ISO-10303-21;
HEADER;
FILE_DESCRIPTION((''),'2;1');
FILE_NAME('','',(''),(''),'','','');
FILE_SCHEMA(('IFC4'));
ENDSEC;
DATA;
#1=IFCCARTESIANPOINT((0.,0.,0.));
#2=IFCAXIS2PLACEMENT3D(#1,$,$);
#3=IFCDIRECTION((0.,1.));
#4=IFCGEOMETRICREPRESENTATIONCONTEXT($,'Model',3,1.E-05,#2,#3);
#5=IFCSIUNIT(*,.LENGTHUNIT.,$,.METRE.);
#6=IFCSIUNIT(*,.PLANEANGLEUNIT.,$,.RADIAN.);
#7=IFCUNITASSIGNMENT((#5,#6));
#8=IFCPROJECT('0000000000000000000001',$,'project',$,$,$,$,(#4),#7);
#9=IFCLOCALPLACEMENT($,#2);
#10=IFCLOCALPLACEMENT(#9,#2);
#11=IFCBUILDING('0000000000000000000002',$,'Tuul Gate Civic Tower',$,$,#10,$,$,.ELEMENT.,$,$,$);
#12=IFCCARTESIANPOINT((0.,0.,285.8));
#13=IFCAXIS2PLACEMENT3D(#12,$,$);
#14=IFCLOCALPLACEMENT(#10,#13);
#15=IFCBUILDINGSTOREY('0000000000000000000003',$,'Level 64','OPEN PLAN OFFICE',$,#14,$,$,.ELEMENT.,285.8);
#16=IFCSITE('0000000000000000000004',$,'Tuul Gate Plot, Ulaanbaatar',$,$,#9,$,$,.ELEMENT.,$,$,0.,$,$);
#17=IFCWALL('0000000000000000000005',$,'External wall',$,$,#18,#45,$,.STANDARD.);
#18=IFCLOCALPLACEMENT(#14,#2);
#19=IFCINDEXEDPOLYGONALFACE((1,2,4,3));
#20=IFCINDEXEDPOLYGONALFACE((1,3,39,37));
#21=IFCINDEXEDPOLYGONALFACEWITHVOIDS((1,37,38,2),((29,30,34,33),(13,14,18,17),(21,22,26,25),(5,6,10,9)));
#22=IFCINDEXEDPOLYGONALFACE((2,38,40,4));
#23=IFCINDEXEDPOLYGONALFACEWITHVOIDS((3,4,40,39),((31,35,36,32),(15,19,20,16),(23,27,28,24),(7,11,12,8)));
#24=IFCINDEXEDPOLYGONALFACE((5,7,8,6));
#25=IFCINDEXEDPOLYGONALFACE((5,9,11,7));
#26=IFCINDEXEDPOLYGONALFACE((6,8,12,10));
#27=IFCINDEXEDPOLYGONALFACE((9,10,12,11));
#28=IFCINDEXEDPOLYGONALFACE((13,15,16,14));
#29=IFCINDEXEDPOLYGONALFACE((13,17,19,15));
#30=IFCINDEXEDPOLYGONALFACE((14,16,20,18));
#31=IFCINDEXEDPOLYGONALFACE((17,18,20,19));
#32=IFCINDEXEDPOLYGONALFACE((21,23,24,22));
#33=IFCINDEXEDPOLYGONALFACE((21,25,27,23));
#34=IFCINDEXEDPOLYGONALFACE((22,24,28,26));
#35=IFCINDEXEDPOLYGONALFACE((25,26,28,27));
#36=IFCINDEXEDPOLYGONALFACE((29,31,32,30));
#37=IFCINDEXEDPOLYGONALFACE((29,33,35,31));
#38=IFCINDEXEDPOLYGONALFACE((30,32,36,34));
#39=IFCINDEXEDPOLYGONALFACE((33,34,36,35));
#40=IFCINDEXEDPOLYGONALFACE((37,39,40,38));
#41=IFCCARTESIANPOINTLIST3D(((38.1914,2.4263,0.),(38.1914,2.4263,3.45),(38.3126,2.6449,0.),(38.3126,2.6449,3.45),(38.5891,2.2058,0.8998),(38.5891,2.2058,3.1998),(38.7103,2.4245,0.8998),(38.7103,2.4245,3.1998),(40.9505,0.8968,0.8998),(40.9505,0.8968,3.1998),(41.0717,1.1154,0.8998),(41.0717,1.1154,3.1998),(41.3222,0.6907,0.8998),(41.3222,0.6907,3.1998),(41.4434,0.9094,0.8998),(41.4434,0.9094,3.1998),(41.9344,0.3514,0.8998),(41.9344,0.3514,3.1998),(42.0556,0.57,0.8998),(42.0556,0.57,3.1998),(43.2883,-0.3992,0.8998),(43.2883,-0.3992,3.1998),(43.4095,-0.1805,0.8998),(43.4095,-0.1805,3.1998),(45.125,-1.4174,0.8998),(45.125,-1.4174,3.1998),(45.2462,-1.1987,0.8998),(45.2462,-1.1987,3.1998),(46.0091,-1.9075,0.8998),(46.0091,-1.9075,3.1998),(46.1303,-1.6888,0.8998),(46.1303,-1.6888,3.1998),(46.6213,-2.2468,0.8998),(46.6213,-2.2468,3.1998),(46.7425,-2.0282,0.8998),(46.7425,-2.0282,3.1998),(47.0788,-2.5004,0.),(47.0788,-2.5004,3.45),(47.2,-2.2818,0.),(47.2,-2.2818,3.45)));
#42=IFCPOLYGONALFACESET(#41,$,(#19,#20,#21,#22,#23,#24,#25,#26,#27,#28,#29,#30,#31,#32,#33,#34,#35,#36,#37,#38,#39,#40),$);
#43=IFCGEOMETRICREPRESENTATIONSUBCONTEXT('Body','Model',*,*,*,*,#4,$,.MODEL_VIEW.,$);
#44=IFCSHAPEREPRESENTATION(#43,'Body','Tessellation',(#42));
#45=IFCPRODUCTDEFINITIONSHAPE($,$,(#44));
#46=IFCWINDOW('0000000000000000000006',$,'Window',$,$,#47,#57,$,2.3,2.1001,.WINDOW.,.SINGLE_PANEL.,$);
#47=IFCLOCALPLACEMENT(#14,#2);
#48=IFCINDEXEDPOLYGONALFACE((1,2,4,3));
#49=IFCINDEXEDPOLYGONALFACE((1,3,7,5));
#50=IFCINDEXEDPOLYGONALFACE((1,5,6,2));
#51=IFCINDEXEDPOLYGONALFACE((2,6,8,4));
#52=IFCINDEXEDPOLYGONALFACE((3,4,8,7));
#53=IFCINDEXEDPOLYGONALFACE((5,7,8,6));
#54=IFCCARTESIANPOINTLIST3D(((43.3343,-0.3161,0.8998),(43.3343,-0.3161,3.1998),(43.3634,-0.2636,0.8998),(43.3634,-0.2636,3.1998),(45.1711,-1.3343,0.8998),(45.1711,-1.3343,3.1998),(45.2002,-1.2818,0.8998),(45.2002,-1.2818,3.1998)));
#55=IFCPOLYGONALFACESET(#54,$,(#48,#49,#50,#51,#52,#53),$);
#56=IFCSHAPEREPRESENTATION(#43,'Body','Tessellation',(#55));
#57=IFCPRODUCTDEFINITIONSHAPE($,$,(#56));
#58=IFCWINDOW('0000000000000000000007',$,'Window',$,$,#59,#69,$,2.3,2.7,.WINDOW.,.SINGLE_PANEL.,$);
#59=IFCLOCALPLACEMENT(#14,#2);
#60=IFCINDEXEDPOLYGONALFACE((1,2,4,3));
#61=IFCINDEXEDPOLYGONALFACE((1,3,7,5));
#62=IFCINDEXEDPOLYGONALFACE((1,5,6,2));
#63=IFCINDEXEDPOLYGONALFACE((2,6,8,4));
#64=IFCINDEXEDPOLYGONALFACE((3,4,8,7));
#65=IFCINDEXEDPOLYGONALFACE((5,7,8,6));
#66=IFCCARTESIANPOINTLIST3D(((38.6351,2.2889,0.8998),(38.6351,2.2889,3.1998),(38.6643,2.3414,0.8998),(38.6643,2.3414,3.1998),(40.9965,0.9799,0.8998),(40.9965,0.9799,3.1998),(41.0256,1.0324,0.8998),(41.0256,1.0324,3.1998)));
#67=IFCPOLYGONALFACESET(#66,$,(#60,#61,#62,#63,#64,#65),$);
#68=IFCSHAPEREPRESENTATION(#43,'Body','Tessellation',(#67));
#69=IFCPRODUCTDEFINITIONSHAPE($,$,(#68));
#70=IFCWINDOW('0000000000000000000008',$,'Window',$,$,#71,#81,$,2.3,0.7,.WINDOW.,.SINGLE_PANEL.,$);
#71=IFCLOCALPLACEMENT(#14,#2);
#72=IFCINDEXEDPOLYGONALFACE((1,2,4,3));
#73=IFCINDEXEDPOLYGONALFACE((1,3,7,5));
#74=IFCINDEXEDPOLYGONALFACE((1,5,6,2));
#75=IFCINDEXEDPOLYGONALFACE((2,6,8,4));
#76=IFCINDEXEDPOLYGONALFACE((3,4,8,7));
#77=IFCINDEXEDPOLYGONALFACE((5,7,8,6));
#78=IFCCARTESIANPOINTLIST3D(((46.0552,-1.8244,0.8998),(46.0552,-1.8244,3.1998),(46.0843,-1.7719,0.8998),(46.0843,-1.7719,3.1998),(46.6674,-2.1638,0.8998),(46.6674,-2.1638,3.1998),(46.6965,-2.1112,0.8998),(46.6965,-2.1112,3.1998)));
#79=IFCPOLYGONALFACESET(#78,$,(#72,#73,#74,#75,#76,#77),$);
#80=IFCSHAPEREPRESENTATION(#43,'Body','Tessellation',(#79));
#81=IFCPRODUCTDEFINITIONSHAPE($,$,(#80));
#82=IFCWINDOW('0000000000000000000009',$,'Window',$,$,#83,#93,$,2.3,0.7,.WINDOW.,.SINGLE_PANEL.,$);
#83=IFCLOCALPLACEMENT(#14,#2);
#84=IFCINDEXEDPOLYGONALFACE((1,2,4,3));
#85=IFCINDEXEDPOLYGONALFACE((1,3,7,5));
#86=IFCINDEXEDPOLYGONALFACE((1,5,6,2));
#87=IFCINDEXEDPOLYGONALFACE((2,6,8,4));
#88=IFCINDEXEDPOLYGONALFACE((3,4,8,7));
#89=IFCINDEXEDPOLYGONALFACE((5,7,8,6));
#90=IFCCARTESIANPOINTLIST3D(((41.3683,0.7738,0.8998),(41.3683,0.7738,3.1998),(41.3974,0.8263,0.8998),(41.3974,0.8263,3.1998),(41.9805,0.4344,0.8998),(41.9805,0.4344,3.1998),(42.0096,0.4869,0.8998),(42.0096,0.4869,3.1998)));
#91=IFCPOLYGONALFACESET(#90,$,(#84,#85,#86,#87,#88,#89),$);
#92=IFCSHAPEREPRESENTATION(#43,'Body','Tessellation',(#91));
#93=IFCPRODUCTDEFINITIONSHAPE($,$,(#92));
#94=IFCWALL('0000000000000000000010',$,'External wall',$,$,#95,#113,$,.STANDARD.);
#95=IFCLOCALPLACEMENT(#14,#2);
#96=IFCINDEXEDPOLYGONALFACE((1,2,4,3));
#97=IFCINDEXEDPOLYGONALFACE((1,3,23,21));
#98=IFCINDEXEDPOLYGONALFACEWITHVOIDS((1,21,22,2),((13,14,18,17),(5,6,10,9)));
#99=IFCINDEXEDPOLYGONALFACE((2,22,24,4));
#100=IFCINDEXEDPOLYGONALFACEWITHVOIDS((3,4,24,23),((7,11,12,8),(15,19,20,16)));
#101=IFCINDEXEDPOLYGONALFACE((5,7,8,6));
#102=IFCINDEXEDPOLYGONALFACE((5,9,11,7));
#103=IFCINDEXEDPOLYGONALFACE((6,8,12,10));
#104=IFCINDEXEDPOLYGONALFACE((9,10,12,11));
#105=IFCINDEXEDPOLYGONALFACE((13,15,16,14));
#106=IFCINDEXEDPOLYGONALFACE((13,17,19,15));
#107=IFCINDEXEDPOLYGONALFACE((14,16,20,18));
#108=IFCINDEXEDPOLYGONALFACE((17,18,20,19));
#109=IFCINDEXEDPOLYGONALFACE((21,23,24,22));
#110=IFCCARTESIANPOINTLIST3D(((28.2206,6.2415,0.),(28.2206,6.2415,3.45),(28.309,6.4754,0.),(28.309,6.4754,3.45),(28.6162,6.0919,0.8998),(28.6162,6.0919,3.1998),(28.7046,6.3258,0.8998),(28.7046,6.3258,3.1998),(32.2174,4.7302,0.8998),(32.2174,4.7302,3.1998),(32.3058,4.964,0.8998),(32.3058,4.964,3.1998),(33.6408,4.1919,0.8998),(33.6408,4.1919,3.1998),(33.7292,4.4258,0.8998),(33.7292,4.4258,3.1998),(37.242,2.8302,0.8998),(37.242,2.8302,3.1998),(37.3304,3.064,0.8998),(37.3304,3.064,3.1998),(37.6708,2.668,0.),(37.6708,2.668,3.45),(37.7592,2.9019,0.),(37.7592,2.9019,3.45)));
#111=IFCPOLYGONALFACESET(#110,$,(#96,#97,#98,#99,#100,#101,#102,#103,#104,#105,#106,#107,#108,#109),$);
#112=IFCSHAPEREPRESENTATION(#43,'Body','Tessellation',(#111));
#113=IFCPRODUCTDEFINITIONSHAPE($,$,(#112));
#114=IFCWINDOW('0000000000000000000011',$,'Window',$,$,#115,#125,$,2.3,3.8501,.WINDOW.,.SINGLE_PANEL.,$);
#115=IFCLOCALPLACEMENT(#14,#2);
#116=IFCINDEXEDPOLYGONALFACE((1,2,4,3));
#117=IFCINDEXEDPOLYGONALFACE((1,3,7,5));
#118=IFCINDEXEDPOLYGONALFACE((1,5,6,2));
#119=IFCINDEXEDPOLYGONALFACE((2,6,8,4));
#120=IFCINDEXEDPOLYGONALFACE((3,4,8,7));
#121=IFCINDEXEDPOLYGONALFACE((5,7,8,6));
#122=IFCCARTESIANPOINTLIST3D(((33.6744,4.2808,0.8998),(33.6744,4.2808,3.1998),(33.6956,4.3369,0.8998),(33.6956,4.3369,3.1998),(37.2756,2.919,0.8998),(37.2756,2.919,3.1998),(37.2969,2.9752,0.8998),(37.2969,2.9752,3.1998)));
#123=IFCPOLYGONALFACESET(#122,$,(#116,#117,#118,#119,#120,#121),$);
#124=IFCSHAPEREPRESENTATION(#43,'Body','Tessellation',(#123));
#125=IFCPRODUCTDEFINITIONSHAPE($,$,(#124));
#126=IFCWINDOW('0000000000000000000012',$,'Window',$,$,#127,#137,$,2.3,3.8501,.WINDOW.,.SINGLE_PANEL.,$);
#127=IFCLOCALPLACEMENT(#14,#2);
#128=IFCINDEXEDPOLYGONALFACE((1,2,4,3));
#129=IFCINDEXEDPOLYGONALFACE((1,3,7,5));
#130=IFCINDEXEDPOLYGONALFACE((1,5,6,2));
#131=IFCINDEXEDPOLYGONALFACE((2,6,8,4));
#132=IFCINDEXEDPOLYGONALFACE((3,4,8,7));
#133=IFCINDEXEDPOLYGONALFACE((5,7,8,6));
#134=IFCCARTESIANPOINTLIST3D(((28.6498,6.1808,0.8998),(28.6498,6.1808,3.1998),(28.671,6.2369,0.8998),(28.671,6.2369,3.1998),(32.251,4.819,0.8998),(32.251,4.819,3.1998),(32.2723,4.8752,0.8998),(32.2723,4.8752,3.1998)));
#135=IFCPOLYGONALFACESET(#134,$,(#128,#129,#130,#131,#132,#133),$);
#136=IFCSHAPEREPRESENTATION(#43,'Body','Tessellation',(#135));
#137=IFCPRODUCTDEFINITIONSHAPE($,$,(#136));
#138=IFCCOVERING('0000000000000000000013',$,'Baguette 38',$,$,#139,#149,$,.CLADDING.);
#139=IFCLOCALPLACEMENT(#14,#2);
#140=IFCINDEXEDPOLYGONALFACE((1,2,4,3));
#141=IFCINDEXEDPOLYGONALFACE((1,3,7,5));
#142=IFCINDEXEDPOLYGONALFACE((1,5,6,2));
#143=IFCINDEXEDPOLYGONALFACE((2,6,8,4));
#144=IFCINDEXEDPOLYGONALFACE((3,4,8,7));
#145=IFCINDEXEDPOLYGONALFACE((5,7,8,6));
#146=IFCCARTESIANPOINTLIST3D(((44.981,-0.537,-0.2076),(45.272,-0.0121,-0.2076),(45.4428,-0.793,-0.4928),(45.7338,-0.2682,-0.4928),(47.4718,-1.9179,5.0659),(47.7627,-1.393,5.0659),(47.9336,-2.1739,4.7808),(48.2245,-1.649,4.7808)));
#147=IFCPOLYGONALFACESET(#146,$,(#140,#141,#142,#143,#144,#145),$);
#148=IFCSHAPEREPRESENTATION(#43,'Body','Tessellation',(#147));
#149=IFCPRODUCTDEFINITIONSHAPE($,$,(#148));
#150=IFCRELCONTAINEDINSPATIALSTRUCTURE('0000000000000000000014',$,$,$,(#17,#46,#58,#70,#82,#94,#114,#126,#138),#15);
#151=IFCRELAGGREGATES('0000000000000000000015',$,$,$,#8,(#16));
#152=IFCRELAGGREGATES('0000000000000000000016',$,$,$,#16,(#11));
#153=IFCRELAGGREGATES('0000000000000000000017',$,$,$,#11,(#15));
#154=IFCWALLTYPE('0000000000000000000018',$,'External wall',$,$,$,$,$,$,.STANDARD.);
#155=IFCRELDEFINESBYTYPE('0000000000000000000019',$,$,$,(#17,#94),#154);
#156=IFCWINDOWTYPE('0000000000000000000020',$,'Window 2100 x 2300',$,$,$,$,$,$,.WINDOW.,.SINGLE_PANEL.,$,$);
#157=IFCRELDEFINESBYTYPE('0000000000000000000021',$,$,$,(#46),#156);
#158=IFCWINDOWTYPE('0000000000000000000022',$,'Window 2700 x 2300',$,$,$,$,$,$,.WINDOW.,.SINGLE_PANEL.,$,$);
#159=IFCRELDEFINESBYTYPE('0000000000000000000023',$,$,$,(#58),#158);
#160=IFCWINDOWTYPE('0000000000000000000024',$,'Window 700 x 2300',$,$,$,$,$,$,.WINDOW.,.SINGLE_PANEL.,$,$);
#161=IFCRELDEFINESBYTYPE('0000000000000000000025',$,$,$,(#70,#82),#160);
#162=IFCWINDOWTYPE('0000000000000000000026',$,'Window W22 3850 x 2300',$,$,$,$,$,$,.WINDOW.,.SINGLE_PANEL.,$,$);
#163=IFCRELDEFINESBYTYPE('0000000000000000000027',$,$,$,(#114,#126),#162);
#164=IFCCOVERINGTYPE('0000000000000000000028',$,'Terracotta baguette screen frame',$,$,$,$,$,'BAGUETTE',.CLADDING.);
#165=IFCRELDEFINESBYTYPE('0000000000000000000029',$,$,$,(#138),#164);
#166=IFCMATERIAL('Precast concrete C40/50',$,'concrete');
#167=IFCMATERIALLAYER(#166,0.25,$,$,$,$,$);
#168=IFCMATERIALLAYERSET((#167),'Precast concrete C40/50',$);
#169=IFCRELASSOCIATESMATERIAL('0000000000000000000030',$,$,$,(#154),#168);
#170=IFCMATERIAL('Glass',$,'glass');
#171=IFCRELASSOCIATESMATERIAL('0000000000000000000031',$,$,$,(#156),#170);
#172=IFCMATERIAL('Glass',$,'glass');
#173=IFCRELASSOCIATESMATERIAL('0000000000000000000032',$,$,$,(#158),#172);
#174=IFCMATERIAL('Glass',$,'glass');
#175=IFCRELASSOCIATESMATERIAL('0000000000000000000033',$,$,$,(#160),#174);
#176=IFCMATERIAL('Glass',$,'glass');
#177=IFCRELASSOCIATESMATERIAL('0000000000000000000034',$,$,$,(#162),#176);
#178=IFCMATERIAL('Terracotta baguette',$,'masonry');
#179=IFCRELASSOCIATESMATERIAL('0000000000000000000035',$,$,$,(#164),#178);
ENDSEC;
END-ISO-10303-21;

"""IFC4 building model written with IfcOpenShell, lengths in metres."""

from ifc_helpers import new_model, si_unit, direction, frame, frame_2d, origin, origin_2d, place, context, subcontext, project, spatial, rectangle, extrude, material, layer, layer_set, material_profile, profile_set, type_object, element, fill, save


model = new_model("IFC4")

# Units and contexts
model_context = context("Model", 3, precision=1e-05, world=origin(), true_north=direction((0.0, 1.0)))
body_context = subcontext(model_context, "Body", "Model", "MODEL_VIEW")
ifc_project = project(units=[si_unit("LENGTHUNIT", "METRE"), si_unit("PLANEANGLEUNIT", "RADIAN")], contexts=[model_context])

# Site, building, storey
site_placement = place(None, origin())
site = spatial("IfcSite", under=ifc_project, at=site_placement, Name="Tuul Gate Plot, Ulaanbaatar", CompositionType="ELEMENT", RefElevation=0.0)
building_placement = place(site_placement, origin())
building = spatial("IfcBuilding", under=site, at=building_placement, Name="Tuul Gate Civic Tower", CompositionType="ELEMENT")
storey_placement = place(building_placement, frame((0.0, 0.0, 285.8)))
storey = spatial("IfcBuildingStorey", under=building, at=storey_placement, Name="Level 64", Description="OPEN PLAN OFFICE", CompositionType="ELEMENT", Elevation=285.8)

# Walls, openings, windows
ifc_material_1 = material(Name="Precast concrete C40/50", Category="concrete")
ifc_layer_1 = layer(ifc_material_1, 0.25)
ifc_layer_set_1 = layer_set([ifc_layer_1], Name="Precast concrete C40/50")
wall_type_1 = type_object("IfcWallType", Name="External wall", PredefinedType="STANDARD", material=ifc_layer_set_1)
wall_1_placement = place(storey_placement, frame((47.1394, -2.3911, 0.0), z_axis=(0.0, 0.0, 1.0), x_axis=(-0.874605, 0.484837, 0.0)))
wall_1 = element("IfcWall", 1, at=wall_1_placement, inside=storey, type_object=wall_type_1, Name="External wall", PredefinedType="STANDARD", context=body_context, shape_type="SweptSolid", body=[
    extrude(rectangle(XDim=10.1616, YDim=0.25, at=frame_2d((5.0808, 0.0))), origin(), (0.0, 0.0, 1.0), 3.45),
])
opening_1_placement = place(wall_1_placement, frame((0.5229, 0.0, 0.8999)))
opening_1 = element("IfcOpeningElement", 2, at=opening_1_placement, cuts=wall_1, PredefinedType="OPENING", context=body_context, shape_type="SweptSolid", body=[
    extrude(rectangle(XDim=0.7, YDim=2.3, at=frame_2d((0.3501, 1.1499))), frame((0.0, 0.135, 0.0), z_axis=(0.0, -1.0, 0.0), x_axis=(1.0, 0.0, 0.0)), (0.0, 0.0, 1.0), 0.27),
])
opening_2_placement = place(wall_1_placement, frame((2.2339, 0.0, 0.8999)))
opening_2 = element("IfcOpeningElement", 3, at=opening_2_placement, cuts=wall_1, PredefinedType="OPENING", context=body_context, shape_type="SweptSolid", body=[
    extrude(rectangle(XDim=2.1001, YDim=2.3, at=frame_2d((1.05, 1.1499))), frame((0.0, 0.135, 0.0), z_axis=(0.0, -1.0, 0.0), x_axis=(1.0, 0.0, 0.0)), (0.0, 0.0, 1.0), 0.27),
])
opening_3_placement = place(wall_1_placement, frame((5.8818, 0.0, 0.8999)))
opening_3 = element("IfcOpeningElement", 4, at=opening_3_placement, cuts=wall_1, PredefinedType="OPENING", context=body_context, shape_type="SweptSolid", body=[
    extrude(rectangle(XDim=0.7, YDim=2.3, at=frame_2d((0.3501, 1.1499))), frame((0.0, 0.135, 0.0), z_axis=(0.0, -1.0, 0.0), x_axis=(1.0, 0.0, 0.0)), (0.0, 0.0, 1.0), 0.27),
])
opening_4_placement = place(wall_1_placement, frame((7.0068, 0.0, 0.8999)))
opening_4 = element("IfcOpeningElement", 5, at=opening_4_placement, cuts=wall_1, PredefinedType="OPENING", context=body_context, shape_type="SweptSolid", body=[
    extrude(rectangle(XDim=2.7, YDim=2.3, at=frame_2d((1.3501, 1.1499))), frame((0.0, 0.135, 0.0), z_axis=(0.0, -1.0, 0.0), x_axis=(1.0, 0.0, 0.0)), (0.0, 0.0, 1.0), 0.27),
])
ifc_material_2 = material(Name="Glass", Category="glass")
window_type_1 = type_object("IfcWindowType", Name="Window 2100 x 2300", PartitioningType="SINGLE_PANEL", PredefinedType="WINDOW", material=ifc_material_2)
window_1_placement = place(opening_2_placement, origin())
window_1 = element("IfcWindow", 6, at=window_1_placement, inside=storey, type_object=window_type_1, Name="Window", OverallHeight=2.3, OverallWidth=2.1001, PartitioningType="SINGLE_PANEL", PredefinedType="WINDOW", context=body_context, shape_type="SweptSolid", body=[
    extrude(rectangle(XDim=2.1001, YDim=2.3, at=frame_2d((1.05, 1.1499))), frame((0.0, 0.03, 0.0), z_axis=(0.0, -1.0, 0.0), x_axis=(1.0, 0.0, 0.0)), (0.0, 0.0, 1.0), 0.0601),
])
fill(opening_2, window_1)
ifc_material_3 = material(Name="Glass", Category="glass")
window_type_2 = type_object("IfcWindowType", Name="Window 2700 x 2300", PartitioningType="SINGLE_PANEL", PredefinedType="WINDOW", material=ifc_material_3)
window_2_placement = place(opening_4_placement, origin())
window_2 = element("IfcWindow", 7, at=window_2_placement, inside=storey, type_object=window_type_2, Name="Window", OverallHeight=2.3, OverallWidth=2.7, PartitioningType="SINGLE_PANEL", PredefinedType="WINDOW", context=body_context, shape_type="SweptSolid", body=[
    extrude(rectangle(XDim=2.7, YDim=2.3, at=frame_2d((1.3501, 1.1499))), frame((0.0, 0.03, 0.0), z_axis=(0.0, -1.0, 0.0), x_axis=(1.0, 0.0, 0.0)), (0.0, 0.0, 1.0), 0.0601),
])
fill(opening_4, window_2)
ifc_material_4 = material(Name="Glass", Category="glass")
window_type_3 = type_object("IfcWindowType", Name="Window 700 x 2300", PartitioningType="SINGLE_PANEL", PredefinedType="WINDOW", material=ifc_material_4)
window_3_placement = place(opening_1_placement, origin())
window_3 = element("IfcWindow", 8, at=window_3_placement, inside=storey, type_object=window_type_3, Name="Window", OverallHeight=2.3, OverallWidth=0.7, PartitioningType="SINGLE_PANEL", PredefinedType="WINDOW", context=body_context, shape_type="SweptSolid", body=[
    extrude(rectangle(XDim=0.7, YDim=2.3, at=frame_2d((0.3501, 1.1499))), frame((0.0, 0.03, 0.0), z_axis=(0.0, -1.0, 0.0), x_axis=(1.0, 0.0, 0.0)), (0.0, 0.0, 1.0), 0.0601),
])
fill(opening_1, window_3)
window_4_placement = place(opening_3_placement, origin())
window_4 = element("IfcWindow", 9, at=window_4_placement, inside=storey, type_object=window_type_3, Name="Window", OverallHeight=2.3, OverallWidth=0.7, PartitioningType="SINGLE_PANEL", PredefinedType="WINDOW", context=body_context, shape_type="SweptSolid", body=[
    extrude(rectangle(XDim=0.7, YDim=2.3, at=frame_2d((0.3501, 1.1499))), frame((0.0, 0.03, 0.0), z_axis=(0.0, -1.0, 0.0), x_axis=(1.0, 0.0, 0.0)), (0.0, 0.0, 1.0), 0.0601),
])
fill(opening_3, window_4)
wall_2_placement = place(storey_placement, frame((37.7151, 2.7849, 0.0), z_axis=(0.0, 0.0, 1.0), x_axis=(-0.93536, 0.353696, 0.0)))
wall_2 = element("IfcWall", 10, at=wall_2_placement, inside=storey, type_object=wall_type_1, Name="External wall", PredefinedType="STANDARD", context=body_context, shape_type="SweptSolid", body=[
    extrude(rectangle(XDim=10.1033, YDim=0.25, at=frame_2d((5.0518, 0.0))), origin(), (0.0, 0.0, 1.0), 3.45),
])
opening_5_placement = place(wall_2_placement, frame((0.4585, 0.0, 0.8999)))
opening_5 = element("IfcOpeningElement", 11, at=opening_5_placement, cuts=wall_2, PredefinedType="OPENING", context=body_context, shape_type="SweptSolid", body=[
    extrude(rectangle(XDim=3.8501, YDim=2.3, at=frame_2d((1.925, 1.1499))), frame((0.0, 0.135, 0.0), z_axis=(0.0, -1.0, 0.0), x_axis=(1.0, 0.0, 0.0)), (0.0, 0.0, 1.0), 0.27),
])
opening_6_placement = place(wall_2_placement, frame((5.8303, 0.0, 0.8999)))
opening_6 = element("IfcOpeningElement", 12, at=opening_6_placement, cuts=wall_2, PredefinedType="OPENING", context=body_context, shape_type="SweptSolid", body=[
    extrude(rectangle(XDim=3.8501, YDim=2.3, at=frame_2d((1.925, 1.1499))), frame((0.0, 0.135, 0.0), z_axis=(0.0, -1.0, 0.0), x_axis=(1.0, 0.0, 0.0)), (0.0, 0.0, 1.0), 0.27),
])
ifc_material_5 = material(Name="Glass", Category="glass")
window_type_4 = type_object("IfcWindowType", Name="Window W22 3850 x 2300", PartitioningType="SINGLE_PANEL", PredefinedType="WINDOW", material=ifc_material_5)
window_5_placement = place(opening_5_placement, origin())
window_5 = element("IfcWindow", 13, at=window_5_placement, inside=storey, type_object=window_type_4, Name="Window", OverallHeight=2.3, OverallWidth=3.8501, PartitioningType="SINGLE_PANEL", PredefinedType="WINDOW", context=body_context, shape_type="SweptSolid", body=[
    extrude(rectangle(XDim=3.8501, YDim=2.3, at=frame_2d((1.925, 1.1499))), frame((0.0, 0.03, 0.0), z_axis=(0.0, -1.0, 0.0), x_axis=(1.0, 0.0, 0.0)), (0.0, 0.0, 1.0), 0.0601),
])
fill(opening_5, window_5)
window_6_placement = place(opening_6_placement, origin())
window_6 = element("IfcWindow", 14, at=window_6_placement, inside=storey, type_object=window_type_4, Name="Window", OverallHeight=2.3, OverallWidth=3.8501, PartitioningType="SINGLE_PANEL", PredefinedType="WINDOW", context=body_context, shape_type="SweptSolid", body=[
    extrude(rectangle(XDim=3.8501, YDim=2.3, at=frame_2d((1.925, 1.1499))), frame((0.0, 0.03, 0.0), z_axis=(0.0, -1.0, 0.0), x_axis=(1.0, 0.0, 0.0)), (0.0, 0.0, 1.0), 0.0601),
])
fill(opening_6, window_6)

# Covering
ifc_material_6 = material(Name="Terracotta baguette", Category="masonry")
ifc_material_profile_1 = material_profile(ifc_material_6, rectangle(XDim=0.6001, YDim=0.6001, at=origin_2d()), Name="Terracotta baguette screen frame")
ifc_profile_set_1 = profile_set([ifc_material_profile_1], Name="Terracotta baguette")
covering_type = type_object("IfcCoveringType", Name="Terracotta baguette screen frame", ElementType="BAGUETTE", PredefinedType="CLADDING", material=ifc_profile_set_1)
covering_placement = place(storey_placement, frame((47.8481, -1.7834, 4.9233), z_axis=(-0.415585, 0.230401, -0.879889), x_axis=(-0.484871, -0.874586, 0.0)))
element("IfcCovering", 15, at=covering_placement, inside=storey, type_object=covering_type, Name="Baguette 38", PredefinedType="CLADDING", context=body_context, shape_type="SweptSolid", body=[
    extrude(rectangle(XDim=0.6001, YDim=0.6001, at=origin_2d()), origin(), (0.0, 0.0, 1.0), 5.9934),
])

save(model, "model.ifc")
